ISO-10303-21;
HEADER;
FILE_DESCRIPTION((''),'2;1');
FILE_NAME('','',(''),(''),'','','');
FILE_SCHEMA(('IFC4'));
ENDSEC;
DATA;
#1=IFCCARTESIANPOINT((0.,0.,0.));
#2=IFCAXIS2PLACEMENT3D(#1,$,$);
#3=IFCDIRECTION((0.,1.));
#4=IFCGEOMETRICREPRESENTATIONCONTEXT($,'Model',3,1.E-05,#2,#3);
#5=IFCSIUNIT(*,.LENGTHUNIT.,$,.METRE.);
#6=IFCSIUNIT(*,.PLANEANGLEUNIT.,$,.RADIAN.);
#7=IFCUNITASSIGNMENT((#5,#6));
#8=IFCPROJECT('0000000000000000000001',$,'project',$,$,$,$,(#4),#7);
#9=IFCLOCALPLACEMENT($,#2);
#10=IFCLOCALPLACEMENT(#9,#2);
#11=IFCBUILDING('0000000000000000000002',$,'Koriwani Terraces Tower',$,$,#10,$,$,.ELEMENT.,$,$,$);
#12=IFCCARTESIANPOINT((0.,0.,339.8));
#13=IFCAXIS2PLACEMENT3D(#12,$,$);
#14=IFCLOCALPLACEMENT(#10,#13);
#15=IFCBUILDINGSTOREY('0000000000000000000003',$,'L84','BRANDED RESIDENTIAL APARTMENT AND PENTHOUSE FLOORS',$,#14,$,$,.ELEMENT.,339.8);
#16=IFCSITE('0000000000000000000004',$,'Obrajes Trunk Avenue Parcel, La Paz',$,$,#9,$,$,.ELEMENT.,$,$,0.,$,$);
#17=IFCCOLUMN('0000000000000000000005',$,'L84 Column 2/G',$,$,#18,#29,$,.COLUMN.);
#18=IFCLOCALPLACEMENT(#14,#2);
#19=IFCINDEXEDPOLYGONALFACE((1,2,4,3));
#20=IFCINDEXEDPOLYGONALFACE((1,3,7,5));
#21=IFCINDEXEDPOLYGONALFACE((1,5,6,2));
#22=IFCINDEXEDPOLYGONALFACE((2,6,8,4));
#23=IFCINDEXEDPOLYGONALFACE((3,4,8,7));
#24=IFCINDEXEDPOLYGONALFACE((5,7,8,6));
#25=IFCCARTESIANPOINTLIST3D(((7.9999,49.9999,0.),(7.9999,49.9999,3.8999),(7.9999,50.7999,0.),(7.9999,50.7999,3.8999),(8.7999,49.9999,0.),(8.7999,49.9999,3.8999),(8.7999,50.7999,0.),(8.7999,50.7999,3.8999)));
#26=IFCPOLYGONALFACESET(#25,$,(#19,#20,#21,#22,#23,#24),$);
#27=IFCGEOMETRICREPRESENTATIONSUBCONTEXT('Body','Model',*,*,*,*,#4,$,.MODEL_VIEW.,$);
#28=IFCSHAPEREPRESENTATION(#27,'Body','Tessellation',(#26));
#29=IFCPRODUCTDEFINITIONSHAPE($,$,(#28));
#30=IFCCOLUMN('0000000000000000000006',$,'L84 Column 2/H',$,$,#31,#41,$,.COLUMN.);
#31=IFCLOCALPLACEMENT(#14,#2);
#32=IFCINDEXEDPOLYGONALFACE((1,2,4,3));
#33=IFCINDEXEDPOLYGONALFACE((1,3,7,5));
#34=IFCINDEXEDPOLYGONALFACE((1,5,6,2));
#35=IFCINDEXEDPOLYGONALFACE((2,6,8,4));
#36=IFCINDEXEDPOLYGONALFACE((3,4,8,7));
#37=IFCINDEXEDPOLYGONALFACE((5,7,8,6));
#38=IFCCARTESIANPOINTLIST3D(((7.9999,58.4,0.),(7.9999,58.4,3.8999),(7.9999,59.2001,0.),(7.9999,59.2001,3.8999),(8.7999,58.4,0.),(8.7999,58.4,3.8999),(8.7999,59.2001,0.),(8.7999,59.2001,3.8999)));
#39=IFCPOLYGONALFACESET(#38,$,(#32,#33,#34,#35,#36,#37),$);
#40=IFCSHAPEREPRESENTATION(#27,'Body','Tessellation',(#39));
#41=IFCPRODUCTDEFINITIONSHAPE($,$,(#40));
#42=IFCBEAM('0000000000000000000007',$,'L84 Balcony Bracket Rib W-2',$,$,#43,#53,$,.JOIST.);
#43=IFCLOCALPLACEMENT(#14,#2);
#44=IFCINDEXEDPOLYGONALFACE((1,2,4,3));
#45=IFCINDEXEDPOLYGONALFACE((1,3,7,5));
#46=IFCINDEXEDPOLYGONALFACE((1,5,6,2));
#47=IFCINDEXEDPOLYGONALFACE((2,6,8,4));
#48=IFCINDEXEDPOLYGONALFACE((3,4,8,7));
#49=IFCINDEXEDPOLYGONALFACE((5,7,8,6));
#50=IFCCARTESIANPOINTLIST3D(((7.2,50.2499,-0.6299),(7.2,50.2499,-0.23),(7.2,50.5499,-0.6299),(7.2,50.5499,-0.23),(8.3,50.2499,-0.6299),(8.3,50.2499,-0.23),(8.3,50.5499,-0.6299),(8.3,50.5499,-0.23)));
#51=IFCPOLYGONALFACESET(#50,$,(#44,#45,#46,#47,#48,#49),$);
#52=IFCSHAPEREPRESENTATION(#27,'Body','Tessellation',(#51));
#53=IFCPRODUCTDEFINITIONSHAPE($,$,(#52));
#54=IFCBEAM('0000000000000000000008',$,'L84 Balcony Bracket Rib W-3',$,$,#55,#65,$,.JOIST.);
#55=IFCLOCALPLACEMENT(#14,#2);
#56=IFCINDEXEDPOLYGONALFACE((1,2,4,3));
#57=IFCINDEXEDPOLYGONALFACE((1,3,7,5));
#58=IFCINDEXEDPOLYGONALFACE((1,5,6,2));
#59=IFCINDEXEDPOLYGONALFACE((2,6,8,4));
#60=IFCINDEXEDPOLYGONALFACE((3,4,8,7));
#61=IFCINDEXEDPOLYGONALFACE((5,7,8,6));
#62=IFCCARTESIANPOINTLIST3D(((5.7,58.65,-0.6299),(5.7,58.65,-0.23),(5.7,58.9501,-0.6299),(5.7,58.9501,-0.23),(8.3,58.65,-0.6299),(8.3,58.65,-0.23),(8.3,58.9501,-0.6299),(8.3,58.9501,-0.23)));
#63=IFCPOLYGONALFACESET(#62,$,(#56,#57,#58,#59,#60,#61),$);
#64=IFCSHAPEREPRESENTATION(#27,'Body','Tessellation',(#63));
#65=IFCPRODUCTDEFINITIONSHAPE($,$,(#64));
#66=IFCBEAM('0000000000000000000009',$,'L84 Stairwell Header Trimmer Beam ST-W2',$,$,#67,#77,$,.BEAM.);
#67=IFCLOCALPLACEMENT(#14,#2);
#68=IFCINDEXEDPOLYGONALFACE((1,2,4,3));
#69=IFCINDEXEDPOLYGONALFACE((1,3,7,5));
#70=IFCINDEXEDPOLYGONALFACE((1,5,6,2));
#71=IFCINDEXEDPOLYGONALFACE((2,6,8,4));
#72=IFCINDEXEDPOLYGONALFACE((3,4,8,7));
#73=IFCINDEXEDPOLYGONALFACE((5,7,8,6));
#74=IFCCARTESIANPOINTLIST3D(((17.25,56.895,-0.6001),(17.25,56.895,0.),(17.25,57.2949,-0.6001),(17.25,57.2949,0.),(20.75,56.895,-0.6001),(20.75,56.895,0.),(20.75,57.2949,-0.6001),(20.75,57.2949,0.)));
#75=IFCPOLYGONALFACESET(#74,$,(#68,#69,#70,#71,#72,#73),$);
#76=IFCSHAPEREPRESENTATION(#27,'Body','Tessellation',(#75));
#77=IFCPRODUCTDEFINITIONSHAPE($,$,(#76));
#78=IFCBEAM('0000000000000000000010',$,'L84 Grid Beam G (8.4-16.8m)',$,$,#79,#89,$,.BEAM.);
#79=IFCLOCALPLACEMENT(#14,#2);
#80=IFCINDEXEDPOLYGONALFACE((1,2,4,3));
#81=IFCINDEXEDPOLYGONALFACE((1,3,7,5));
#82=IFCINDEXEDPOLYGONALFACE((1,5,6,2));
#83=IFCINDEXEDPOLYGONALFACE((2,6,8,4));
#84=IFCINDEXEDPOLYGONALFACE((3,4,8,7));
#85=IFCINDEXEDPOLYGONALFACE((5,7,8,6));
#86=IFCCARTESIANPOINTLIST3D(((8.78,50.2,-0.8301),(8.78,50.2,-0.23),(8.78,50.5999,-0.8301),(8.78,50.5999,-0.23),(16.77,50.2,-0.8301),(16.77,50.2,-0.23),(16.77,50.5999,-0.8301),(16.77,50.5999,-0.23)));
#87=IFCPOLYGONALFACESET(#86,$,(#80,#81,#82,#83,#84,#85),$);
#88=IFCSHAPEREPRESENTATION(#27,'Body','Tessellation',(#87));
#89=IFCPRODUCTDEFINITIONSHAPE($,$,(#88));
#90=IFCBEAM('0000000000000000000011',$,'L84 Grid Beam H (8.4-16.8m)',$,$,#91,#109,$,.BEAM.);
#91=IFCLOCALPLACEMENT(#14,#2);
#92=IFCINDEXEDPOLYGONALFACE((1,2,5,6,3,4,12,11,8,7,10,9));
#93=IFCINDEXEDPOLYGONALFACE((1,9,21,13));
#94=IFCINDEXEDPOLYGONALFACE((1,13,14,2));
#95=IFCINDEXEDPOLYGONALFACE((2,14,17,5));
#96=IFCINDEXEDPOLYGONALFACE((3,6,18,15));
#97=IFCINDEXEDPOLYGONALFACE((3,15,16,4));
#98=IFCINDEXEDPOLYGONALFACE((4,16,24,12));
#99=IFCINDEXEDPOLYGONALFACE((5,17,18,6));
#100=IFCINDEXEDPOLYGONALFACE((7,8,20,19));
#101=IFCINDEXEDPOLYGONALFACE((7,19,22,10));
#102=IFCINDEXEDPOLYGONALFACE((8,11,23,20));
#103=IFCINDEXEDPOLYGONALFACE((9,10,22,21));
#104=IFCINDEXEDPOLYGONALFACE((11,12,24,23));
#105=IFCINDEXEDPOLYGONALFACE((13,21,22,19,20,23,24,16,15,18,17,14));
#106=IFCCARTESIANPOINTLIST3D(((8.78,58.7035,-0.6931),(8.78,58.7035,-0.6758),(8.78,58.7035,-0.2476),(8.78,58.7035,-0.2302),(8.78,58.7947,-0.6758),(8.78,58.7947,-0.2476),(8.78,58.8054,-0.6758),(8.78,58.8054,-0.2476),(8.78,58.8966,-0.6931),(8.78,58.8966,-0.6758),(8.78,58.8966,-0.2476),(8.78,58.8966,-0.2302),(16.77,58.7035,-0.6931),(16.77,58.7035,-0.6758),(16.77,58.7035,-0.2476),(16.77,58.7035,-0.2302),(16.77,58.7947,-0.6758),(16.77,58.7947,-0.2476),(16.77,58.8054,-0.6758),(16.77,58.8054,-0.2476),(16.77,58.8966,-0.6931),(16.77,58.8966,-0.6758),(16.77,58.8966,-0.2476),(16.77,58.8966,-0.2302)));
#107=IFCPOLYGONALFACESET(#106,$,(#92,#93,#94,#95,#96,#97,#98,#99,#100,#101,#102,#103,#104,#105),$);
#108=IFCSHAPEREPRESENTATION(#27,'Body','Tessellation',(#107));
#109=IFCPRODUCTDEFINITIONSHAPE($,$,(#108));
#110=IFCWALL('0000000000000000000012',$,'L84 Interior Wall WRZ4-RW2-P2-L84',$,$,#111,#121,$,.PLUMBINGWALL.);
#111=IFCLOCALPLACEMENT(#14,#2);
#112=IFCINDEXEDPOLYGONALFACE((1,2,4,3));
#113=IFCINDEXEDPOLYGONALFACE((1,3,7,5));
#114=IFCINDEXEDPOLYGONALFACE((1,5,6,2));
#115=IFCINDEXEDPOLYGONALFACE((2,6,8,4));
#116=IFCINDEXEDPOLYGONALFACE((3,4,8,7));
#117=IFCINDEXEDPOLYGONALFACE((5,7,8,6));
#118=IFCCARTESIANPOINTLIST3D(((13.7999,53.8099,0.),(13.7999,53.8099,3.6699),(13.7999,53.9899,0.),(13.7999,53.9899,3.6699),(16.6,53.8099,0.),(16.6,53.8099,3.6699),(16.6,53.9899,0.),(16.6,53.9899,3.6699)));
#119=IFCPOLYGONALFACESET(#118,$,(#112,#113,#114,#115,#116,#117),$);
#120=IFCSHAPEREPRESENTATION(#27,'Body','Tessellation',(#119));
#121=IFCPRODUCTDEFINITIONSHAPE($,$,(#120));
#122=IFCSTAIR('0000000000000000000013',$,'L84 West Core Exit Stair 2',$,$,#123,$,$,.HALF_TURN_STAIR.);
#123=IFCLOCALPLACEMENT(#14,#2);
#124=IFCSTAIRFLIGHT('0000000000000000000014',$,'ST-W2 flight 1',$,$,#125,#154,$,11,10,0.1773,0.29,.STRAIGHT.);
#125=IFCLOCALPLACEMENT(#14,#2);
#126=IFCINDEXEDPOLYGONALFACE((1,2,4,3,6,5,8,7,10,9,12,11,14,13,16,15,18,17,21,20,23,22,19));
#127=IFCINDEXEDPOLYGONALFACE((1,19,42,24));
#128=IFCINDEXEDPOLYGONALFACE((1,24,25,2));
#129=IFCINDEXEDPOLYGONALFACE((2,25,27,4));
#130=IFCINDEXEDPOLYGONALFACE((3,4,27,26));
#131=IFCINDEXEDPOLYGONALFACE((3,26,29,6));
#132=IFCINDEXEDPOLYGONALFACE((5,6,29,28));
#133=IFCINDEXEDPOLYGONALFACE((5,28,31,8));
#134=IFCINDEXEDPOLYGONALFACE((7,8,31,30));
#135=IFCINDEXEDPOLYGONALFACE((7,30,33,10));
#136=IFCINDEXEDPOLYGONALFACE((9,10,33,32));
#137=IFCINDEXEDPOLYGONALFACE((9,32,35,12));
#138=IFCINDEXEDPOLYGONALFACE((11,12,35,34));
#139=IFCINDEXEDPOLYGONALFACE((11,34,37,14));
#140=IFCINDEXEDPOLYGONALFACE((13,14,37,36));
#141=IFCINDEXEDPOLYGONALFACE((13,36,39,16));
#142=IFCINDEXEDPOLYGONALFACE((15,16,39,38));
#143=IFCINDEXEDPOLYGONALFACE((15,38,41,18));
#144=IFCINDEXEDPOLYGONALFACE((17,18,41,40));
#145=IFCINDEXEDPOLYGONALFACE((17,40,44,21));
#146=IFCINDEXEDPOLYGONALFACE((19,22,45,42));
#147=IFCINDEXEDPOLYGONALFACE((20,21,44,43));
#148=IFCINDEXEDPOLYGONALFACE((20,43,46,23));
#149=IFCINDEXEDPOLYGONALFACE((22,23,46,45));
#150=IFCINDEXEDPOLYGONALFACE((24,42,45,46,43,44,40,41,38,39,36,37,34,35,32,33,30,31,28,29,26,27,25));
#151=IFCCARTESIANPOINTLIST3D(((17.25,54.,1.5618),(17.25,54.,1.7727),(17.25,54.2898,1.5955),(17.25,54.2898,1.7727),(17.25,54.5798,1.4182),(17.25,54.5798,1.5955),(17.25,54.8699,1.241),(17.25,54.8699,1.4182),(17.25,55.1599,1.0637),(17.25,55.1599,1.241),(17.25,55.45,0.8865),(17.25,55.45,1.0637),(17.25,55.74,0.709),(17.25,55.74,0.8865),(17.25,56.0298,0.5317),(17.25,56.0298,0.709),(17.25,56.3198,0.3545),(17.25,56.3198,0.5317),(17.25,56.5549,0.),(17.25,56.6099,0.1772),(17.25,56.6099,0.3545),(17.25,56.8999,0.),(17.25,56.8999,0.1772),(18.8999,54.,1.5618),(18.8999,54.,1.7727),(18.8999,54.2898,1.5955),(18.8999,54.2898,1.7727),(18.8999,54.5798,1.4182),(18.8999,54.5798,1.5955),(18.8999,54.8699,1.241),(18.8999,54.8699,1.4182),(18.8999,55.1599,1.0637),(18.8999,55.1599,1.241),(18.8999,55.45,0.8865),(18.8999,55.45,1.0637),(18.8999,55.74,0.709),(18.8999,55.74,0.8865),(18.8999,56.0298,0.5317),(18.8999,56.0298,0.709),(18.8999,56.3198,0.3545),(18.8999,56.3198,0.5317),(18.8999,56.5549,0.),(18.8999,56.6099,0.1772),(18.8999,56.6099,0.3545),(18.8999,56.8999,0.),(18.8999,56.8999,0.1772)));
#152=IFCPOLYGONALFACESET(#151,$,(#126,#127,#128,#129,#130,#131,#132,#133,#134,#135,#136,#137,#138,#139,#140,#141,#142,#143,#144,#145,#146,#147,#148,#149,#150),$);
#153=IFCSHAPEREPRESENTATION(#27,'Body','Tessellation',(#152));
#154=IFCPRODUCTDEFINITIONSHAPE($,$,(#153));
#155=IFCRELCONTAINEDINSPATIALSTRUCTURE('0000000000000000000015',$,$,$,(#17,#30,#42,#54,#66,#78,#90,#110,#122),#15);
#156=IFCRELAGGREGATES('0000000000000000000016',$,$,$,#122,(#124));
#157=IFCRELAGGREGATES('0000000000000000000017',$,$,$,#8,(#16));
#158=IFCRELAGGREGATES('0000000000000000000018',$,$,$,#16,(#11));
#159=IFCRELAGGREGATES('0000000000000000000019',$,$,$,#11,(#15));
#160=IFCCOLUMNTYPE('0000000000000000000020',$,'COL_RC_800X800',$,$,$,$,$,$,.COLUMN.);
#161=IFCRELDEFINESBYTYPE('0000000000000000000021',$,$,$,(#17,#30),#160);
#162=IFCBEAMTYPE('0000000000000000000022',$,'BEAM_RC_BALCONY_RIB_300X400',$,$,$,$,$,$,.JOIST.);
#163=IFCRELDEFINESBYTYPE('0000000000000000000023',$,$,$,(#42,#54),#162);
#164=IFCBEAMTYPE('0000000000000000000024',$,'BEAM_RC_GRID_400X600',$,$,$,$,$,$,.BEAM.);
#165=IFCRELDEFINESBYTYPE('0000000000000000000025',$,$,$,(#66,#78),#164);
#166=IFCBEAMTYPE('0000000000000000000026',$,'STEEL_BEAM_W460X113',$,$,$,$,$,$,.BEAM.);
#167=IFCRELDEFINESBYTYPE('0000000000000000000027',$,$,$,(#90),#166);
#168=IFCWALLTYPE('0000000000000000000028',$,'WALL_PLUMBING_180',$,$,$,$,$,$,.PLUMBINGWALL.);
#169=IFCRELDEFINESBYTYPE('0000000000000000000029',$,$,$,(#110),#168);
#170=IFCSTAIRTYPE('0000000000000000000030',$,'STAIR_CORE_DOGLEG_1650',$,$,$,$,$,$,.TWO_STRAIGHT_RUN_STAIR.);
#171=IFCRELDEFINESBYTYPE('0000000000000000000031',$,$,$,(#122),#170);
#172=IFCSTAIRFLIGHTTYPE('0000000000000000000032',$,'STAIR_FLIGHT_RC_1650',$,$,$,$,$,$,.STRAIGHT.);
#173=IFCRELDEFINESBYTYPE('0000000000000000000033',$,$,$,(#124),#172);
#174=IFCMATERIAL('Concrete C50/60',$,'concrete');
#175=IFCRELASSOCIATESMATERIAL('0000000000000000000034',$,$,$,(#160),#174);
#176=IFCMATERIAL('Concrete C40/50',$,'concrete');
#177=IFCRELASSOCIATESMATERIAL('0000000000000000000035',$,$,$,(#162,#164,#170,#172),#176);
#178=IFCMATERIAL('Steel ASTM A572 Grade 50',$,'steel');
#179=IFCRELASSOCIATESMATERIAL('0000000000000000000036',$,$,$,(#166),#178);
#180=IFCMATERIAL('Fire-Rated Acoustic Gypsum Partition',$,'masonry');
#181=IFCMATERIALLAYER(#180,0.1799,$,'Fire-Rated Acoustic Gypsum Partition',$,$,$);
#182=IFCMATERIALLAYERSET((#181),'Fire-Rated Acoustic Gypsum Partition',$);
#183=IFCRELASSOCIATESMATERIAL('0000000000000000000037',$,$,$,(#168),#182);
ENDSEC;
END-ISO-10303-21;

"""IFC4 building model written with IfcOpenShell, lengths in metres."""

from ifc_helpers import new_model, si_unit, direction, frame, frame_2d, origin, origin_2d, place, context, subcontext, project, spatial, polyline, rectangle, i_section, outline, extrude, material, layer, layer_set, material_profile, profile_set, type_object, element, aggregate, save


model = new_model("IFC4")

# Units and contexts
model_context = context("Model", 3, precision=1e-05, world=origin(), true_north=direction((0.0, 1.0)))
body_context = subcontext(model_context, "Body", "Model", "MODEL_VIEW")
ifc_project = project(units=[si_unit("LENGTHUNIT", "METRE"), si_unit("PLANEANGLEUNIT", "RADIAN")], contexts=[model_context])

# Site, building, storey
site_placement = place(None, origin())
site = spatial("IfcSite", under=ifc_project, at=site_placement, Name="Obrajes Trunk Avenue Parcel, La Paz", CompositionType="ELEMENT", RefElevation=0.0)
building_placement = place(site_placement, origin())
building = spatial("IfcBuilding", under=site, at=building_placement, Name="Koriwani Terraces Tower", CompositionType="ELEMENT")
storey_placement = place(building_placement, frame((0.0, 0.0, 339.8)))
storey = spatial("IfcBuildingStorey", under=building, at=storey_placement, Name="L84", Description="BRANDED RESIDENTIAL APARTMENT AND PENTHOUSE FLOORS", CompositionType="ELEMENT", Elevation=339.8)

# Columns
ifc_material_1 = material(Name="Concrete C50/60", Category="concrete")
ifc_material_profile_1 = material_profile(ifc_material_1, rectangle(XDim=0.8, YDim=0.8, at=origin_2d()), Name="Concrete C50/60", Category="LoadBearing")
ifc_profile_set_1 = profile_set([ifc_material_profile_1], Name="Concrete C50/60")
column_type = type_object("IfcColumnType", Name="COL_RC_800X800", PredefinedType="COLUMN", material=ifc_profile_set_1)
for number, where, z_axis, x_axis, name in (
    (1, (8.3999, 50.3999, 0.0), (0.0, 0.0, 1.0), (1.0, 0.0, 0.0), "L84 Column 2/G"),
    (2, (8.3999, 58.8, 0.0), (0.0, 0.0, 1.0), (1.0, 0.0, 0.0), "L84 Column 2/H"),
):
    element("IfcColumn", number, at=place(storey_placement, frame(where, z_axis=z_axis, x_axis=x_axis)), inside=storey, type_object=column_type, Name=name, PredefinedType="COLUMN", context=body_context, shape_type="SweptSolid", body=[
        extrude(rectangle(XDim=0.8, YDim=0.8, at=origin_2d()), origin(), (0.0, 0.0, 1.0), 3.8999),
    ])

# Beams
ifc_material_2 = material(Name="Concrete C40/50", Category="concrete")
ifc_material_profile_2 = material_profile(ifc_material_2, rectangle(XDim=0.3, YDim=0.3999, at=origin_2d()), Name="Concrete C40/50", Category="LoadBearing")
ifc_profile_set_2 = profile_set([ifc_material_profile_2], Name="Concrete C40/50")
beam_type_1 = type_object("IfcBeamType", Name="BEAM_RC_BALCONY_RIB_300X400", PredefinedType="JOIST", material=ifc_profile_set_2)
beam_1_placement = place(storey_placement, frame((7.2, 50.3999, -0.4299), z_axis=(1.0, 0.0, 0.0), x_axis=(0.0, 1.0, 0.0)))
element("IfcBeam", 3, at=beam_1_placement, inside=storey, type_object=beam_type_1, Name="L84 Balcony Bracket Rib W-2", PredefinedType="JOIST", context=body_context, shape_type="SweptSolid", body=[
    extrude(rectangle(XDim=0.3, YDim=0.3999, at=origin_2d()), origin(), (0.0, 0.0, 1.0), 1.1001),
])
beam_2_placement = place(storey_placement, frame((5.7, 58.8, -0.4299), z_axis=(1.0, 0.0, 0.0), x_axis=(0.0, 1.0, 0.0)))
element("IfcBeam", 4, at=beam_2_placement, inside=storey, type_object=beam_type_1, Name="L84 Balcony Bracket Rib W-3", PredefinedType="JOIST", context=body_context, shape_type="SweptSolid", body=[
    extrude(rectangle(XDim=0.3, YDim=0.3999, at=origin_2d()), origin(), (0.0, 0.0, 1.0), 2.6001),
])
ifc_material_profile_3 = material_profile(ifc_material_2, rectangle(XDim=0.3999, YDim=0.6001, at=origin_2d()), Name="Concrete C40/50", Category="LoadBearing")
ifc_profile_set_3 = profile_set([ifc_material_profile_3], Name="Concrete C40/50")
beam_type_2 = type_object("IfcBeamType", Name="BEAM_RC_GRID_400X600", PredefinedType="BEAM", material=ifc_profile_set_3)
beam_3_placement = place(storey_placement, frame((17.25, 57.095, -0.3), z_axis=(1.0, 0.0, 0.0), x_axis=(0.0, 1.0, 0.0)))
element("IfcBeam", 5, at=beam_3_placement, inside=storey, type_object=beam_type_2, Name="L84 Stairwell Header Trimmer Beam ST-W2", PredefinedType="BEAM", context=body_context, shape_type="SweptSolid", body=[
    extrude(rectangle(XDim=0.3999, YDim=0.6001, at=origin_2d()), origin(), (0.0, 0.0, 1.0), 3.5),
])
beam_4_placement = place(storey_placement, frame((8.78, 50.3999, -0.53), z_axis=(1.0, 0.0, 0.0), x_axis=(0.0, 1.0, 0.0)))
element("IfcBeam", 6, at=beam_4_placement, inside=storey, type_object=beam_type_2, Name="L84 Grid Beam G (8.4-16.8m)", PredefinedType="BEAM", context=body_context, shape_type="SweptSolid", body=[
    extrude(rectangle(XDim=0.3999, YDim=0.6001, at=origin_2d()), origin(), (0.0, 0.0, 1.0), 7.99),
])
ifc_material_3 = material(Name="Steel ASTM A572 Grade 50", Category="steel")
ifc_material_profile_4 = material_profile(ifc_material_3, i_section(OverallWidth=0.1931, OverallDepth=0.4629, WebThickness=0.0107, FlangeThickness=0.0173, at=origin_2d()), Name="Steel ASTM A572 Grade 50", Category="LoadBearing")
ifc_profile_set_4 = profile_set([ifc_material_profile_4], Name="Steel ASTM A572 Grade 50")
beam_type_3 = type_object("IfcBeamType", Name="STEEL_BEAM_W460X113", PredefinedType="BEAM", material=ifc_profile_set_4)
beam_5_placement = place(storey_placement, frame((8.78, 58.8, -0.4617), z_axis=(1.0, 0.0, 0.0), x_axis=(0.0, 1.0, 0.0)))
element("IfcBeam", 7, at=beam_5_placement, inside=storey, type_object=beam_type_3, Name="L84 Grid Beam H (8.4-16.8m)", PredefinedType="BEAM", context=body_context, shape_type="SweptSolid", body=[
    extrude(i_section(OverallWidth=0.1931, OverallDepth=0.4629, WebThickness=0.0107, FlangeThickness=0.0173, at=origin_2d()), origin(), (0.0, 0.0, 1.0), 7.99),
])

# Wall
ifc_material_4 = material(Name="Fire-Rated Acoustic Gypsum Partition", Category="masonry")
ifc_layer_1 = layer(ifc_material_4, 0.1799, Name="Fire-Rated Acoustic Gypsum Partition")
ifc_layer_set_1 = layer_set([ifc_layer_1], Name="Fire-Rated Acoustic Gypsum Partition")
wall_type_1 = type_object("IfcWallType", Name="WALL_PLUMBING_180", PredefinedType="PLUMBINGWALL", material=ifc_layer_set_1)
wall_1_placement = place(storey_placement, frame((13.8, 53.8999, 0.0), z_axis=(0.0, 0.0, 1.0), x_axis=(1.0, 0.0, 0.0)))
element("IfcWall", 8, at=wall_1_placement, inside=storey, type_object=wall_type_1, Name="L84 Interior Wall WRZ4-RW2-P2-L84", PredefinedType="PLUMBINGWALL", context=body_context, shape_type="SweptSolid", body=[
    extrude(rectangle(XDim=2.8, YDim=0.1799, at=frame_2d((1.3999, 0.0))), origin(), (0.0, 0.0, 1.0), 3.6699),
])

# Stair, stair flight
stair_type = type_object("IfcStairType", Name="STAIR_CORE_DOGLEG_1650", PredefinedType="TWO_STRAIGHT_RUN_STAIR", material=ifc_material_2)
stair_placement = place(storey_placement, origin())
stair = element("IfcStair", 9, at=stair_placement, inside=storey, type_object=stair_type, Name="L84 West Core Exit Stair 2", PredefinedType="HALF_TURN_STAIR")
stair_flight_type = type_object("IfcStairFlightType", Name="STAIR_FLIGHT_RC_1650", PredefinedType="STRAIGHT", material=ifc_material_2)
stair_flight_1_placement = place(storey_placement, frame((18.075, 56.8999, 0.0), z_axis=(0.0, 0.0, 1.0), x_axis=(0.0, -1.0, 0.0)))
stair_flight_1 = element("IfcStairFlight", 10, at=stair_flight_1_placement, type_object=stair_flight_type, Name="ST-W2 flight 1", NumberOfRisers=11, NumberOfTreads=10, PredefinedType="STRAIGHT", RiserHeight=0.1773, TreadLength=0.29, context=body_context, shape_type="SweptSolid", body=[
    extrude(outline(polyline([(0.0, 0.0), (0.0, 0.1772), (0.29, 0.1772), (0.29, 0.3545), (0.5801, 0.3545), (0.5801, 0.5317), (0.8701, 0.5317), (0.8701, 0.709), (1.1599, 0.709), (1.1599, 0.8865), (1.45, 0.8865), (1.45, 1.0637), (1.74, 1.0637), (1.74, 1.241), (2.03, 1.241), (2.03, 1.4182), (2.3201, 1.4182), (2.3201, 1.5955), (2.6101, 1.5955), (2.6101, 1.7727), (2.8999, 1.7727), (2.8999, 1.95), (2.8999, 1.5618), (0.345, 0.0), (0.0, 0.0)])), frame((0.0, 0.825, 0.0), z_axis=(0.0, -1.0, 0.0), x_axis=(1.0, 0.0, 0.0)), (0.0, 0.0, 1.0), 1.6499),
])
aggregate(stair, [stair_flight_1])

save(model, "model.ifc")
